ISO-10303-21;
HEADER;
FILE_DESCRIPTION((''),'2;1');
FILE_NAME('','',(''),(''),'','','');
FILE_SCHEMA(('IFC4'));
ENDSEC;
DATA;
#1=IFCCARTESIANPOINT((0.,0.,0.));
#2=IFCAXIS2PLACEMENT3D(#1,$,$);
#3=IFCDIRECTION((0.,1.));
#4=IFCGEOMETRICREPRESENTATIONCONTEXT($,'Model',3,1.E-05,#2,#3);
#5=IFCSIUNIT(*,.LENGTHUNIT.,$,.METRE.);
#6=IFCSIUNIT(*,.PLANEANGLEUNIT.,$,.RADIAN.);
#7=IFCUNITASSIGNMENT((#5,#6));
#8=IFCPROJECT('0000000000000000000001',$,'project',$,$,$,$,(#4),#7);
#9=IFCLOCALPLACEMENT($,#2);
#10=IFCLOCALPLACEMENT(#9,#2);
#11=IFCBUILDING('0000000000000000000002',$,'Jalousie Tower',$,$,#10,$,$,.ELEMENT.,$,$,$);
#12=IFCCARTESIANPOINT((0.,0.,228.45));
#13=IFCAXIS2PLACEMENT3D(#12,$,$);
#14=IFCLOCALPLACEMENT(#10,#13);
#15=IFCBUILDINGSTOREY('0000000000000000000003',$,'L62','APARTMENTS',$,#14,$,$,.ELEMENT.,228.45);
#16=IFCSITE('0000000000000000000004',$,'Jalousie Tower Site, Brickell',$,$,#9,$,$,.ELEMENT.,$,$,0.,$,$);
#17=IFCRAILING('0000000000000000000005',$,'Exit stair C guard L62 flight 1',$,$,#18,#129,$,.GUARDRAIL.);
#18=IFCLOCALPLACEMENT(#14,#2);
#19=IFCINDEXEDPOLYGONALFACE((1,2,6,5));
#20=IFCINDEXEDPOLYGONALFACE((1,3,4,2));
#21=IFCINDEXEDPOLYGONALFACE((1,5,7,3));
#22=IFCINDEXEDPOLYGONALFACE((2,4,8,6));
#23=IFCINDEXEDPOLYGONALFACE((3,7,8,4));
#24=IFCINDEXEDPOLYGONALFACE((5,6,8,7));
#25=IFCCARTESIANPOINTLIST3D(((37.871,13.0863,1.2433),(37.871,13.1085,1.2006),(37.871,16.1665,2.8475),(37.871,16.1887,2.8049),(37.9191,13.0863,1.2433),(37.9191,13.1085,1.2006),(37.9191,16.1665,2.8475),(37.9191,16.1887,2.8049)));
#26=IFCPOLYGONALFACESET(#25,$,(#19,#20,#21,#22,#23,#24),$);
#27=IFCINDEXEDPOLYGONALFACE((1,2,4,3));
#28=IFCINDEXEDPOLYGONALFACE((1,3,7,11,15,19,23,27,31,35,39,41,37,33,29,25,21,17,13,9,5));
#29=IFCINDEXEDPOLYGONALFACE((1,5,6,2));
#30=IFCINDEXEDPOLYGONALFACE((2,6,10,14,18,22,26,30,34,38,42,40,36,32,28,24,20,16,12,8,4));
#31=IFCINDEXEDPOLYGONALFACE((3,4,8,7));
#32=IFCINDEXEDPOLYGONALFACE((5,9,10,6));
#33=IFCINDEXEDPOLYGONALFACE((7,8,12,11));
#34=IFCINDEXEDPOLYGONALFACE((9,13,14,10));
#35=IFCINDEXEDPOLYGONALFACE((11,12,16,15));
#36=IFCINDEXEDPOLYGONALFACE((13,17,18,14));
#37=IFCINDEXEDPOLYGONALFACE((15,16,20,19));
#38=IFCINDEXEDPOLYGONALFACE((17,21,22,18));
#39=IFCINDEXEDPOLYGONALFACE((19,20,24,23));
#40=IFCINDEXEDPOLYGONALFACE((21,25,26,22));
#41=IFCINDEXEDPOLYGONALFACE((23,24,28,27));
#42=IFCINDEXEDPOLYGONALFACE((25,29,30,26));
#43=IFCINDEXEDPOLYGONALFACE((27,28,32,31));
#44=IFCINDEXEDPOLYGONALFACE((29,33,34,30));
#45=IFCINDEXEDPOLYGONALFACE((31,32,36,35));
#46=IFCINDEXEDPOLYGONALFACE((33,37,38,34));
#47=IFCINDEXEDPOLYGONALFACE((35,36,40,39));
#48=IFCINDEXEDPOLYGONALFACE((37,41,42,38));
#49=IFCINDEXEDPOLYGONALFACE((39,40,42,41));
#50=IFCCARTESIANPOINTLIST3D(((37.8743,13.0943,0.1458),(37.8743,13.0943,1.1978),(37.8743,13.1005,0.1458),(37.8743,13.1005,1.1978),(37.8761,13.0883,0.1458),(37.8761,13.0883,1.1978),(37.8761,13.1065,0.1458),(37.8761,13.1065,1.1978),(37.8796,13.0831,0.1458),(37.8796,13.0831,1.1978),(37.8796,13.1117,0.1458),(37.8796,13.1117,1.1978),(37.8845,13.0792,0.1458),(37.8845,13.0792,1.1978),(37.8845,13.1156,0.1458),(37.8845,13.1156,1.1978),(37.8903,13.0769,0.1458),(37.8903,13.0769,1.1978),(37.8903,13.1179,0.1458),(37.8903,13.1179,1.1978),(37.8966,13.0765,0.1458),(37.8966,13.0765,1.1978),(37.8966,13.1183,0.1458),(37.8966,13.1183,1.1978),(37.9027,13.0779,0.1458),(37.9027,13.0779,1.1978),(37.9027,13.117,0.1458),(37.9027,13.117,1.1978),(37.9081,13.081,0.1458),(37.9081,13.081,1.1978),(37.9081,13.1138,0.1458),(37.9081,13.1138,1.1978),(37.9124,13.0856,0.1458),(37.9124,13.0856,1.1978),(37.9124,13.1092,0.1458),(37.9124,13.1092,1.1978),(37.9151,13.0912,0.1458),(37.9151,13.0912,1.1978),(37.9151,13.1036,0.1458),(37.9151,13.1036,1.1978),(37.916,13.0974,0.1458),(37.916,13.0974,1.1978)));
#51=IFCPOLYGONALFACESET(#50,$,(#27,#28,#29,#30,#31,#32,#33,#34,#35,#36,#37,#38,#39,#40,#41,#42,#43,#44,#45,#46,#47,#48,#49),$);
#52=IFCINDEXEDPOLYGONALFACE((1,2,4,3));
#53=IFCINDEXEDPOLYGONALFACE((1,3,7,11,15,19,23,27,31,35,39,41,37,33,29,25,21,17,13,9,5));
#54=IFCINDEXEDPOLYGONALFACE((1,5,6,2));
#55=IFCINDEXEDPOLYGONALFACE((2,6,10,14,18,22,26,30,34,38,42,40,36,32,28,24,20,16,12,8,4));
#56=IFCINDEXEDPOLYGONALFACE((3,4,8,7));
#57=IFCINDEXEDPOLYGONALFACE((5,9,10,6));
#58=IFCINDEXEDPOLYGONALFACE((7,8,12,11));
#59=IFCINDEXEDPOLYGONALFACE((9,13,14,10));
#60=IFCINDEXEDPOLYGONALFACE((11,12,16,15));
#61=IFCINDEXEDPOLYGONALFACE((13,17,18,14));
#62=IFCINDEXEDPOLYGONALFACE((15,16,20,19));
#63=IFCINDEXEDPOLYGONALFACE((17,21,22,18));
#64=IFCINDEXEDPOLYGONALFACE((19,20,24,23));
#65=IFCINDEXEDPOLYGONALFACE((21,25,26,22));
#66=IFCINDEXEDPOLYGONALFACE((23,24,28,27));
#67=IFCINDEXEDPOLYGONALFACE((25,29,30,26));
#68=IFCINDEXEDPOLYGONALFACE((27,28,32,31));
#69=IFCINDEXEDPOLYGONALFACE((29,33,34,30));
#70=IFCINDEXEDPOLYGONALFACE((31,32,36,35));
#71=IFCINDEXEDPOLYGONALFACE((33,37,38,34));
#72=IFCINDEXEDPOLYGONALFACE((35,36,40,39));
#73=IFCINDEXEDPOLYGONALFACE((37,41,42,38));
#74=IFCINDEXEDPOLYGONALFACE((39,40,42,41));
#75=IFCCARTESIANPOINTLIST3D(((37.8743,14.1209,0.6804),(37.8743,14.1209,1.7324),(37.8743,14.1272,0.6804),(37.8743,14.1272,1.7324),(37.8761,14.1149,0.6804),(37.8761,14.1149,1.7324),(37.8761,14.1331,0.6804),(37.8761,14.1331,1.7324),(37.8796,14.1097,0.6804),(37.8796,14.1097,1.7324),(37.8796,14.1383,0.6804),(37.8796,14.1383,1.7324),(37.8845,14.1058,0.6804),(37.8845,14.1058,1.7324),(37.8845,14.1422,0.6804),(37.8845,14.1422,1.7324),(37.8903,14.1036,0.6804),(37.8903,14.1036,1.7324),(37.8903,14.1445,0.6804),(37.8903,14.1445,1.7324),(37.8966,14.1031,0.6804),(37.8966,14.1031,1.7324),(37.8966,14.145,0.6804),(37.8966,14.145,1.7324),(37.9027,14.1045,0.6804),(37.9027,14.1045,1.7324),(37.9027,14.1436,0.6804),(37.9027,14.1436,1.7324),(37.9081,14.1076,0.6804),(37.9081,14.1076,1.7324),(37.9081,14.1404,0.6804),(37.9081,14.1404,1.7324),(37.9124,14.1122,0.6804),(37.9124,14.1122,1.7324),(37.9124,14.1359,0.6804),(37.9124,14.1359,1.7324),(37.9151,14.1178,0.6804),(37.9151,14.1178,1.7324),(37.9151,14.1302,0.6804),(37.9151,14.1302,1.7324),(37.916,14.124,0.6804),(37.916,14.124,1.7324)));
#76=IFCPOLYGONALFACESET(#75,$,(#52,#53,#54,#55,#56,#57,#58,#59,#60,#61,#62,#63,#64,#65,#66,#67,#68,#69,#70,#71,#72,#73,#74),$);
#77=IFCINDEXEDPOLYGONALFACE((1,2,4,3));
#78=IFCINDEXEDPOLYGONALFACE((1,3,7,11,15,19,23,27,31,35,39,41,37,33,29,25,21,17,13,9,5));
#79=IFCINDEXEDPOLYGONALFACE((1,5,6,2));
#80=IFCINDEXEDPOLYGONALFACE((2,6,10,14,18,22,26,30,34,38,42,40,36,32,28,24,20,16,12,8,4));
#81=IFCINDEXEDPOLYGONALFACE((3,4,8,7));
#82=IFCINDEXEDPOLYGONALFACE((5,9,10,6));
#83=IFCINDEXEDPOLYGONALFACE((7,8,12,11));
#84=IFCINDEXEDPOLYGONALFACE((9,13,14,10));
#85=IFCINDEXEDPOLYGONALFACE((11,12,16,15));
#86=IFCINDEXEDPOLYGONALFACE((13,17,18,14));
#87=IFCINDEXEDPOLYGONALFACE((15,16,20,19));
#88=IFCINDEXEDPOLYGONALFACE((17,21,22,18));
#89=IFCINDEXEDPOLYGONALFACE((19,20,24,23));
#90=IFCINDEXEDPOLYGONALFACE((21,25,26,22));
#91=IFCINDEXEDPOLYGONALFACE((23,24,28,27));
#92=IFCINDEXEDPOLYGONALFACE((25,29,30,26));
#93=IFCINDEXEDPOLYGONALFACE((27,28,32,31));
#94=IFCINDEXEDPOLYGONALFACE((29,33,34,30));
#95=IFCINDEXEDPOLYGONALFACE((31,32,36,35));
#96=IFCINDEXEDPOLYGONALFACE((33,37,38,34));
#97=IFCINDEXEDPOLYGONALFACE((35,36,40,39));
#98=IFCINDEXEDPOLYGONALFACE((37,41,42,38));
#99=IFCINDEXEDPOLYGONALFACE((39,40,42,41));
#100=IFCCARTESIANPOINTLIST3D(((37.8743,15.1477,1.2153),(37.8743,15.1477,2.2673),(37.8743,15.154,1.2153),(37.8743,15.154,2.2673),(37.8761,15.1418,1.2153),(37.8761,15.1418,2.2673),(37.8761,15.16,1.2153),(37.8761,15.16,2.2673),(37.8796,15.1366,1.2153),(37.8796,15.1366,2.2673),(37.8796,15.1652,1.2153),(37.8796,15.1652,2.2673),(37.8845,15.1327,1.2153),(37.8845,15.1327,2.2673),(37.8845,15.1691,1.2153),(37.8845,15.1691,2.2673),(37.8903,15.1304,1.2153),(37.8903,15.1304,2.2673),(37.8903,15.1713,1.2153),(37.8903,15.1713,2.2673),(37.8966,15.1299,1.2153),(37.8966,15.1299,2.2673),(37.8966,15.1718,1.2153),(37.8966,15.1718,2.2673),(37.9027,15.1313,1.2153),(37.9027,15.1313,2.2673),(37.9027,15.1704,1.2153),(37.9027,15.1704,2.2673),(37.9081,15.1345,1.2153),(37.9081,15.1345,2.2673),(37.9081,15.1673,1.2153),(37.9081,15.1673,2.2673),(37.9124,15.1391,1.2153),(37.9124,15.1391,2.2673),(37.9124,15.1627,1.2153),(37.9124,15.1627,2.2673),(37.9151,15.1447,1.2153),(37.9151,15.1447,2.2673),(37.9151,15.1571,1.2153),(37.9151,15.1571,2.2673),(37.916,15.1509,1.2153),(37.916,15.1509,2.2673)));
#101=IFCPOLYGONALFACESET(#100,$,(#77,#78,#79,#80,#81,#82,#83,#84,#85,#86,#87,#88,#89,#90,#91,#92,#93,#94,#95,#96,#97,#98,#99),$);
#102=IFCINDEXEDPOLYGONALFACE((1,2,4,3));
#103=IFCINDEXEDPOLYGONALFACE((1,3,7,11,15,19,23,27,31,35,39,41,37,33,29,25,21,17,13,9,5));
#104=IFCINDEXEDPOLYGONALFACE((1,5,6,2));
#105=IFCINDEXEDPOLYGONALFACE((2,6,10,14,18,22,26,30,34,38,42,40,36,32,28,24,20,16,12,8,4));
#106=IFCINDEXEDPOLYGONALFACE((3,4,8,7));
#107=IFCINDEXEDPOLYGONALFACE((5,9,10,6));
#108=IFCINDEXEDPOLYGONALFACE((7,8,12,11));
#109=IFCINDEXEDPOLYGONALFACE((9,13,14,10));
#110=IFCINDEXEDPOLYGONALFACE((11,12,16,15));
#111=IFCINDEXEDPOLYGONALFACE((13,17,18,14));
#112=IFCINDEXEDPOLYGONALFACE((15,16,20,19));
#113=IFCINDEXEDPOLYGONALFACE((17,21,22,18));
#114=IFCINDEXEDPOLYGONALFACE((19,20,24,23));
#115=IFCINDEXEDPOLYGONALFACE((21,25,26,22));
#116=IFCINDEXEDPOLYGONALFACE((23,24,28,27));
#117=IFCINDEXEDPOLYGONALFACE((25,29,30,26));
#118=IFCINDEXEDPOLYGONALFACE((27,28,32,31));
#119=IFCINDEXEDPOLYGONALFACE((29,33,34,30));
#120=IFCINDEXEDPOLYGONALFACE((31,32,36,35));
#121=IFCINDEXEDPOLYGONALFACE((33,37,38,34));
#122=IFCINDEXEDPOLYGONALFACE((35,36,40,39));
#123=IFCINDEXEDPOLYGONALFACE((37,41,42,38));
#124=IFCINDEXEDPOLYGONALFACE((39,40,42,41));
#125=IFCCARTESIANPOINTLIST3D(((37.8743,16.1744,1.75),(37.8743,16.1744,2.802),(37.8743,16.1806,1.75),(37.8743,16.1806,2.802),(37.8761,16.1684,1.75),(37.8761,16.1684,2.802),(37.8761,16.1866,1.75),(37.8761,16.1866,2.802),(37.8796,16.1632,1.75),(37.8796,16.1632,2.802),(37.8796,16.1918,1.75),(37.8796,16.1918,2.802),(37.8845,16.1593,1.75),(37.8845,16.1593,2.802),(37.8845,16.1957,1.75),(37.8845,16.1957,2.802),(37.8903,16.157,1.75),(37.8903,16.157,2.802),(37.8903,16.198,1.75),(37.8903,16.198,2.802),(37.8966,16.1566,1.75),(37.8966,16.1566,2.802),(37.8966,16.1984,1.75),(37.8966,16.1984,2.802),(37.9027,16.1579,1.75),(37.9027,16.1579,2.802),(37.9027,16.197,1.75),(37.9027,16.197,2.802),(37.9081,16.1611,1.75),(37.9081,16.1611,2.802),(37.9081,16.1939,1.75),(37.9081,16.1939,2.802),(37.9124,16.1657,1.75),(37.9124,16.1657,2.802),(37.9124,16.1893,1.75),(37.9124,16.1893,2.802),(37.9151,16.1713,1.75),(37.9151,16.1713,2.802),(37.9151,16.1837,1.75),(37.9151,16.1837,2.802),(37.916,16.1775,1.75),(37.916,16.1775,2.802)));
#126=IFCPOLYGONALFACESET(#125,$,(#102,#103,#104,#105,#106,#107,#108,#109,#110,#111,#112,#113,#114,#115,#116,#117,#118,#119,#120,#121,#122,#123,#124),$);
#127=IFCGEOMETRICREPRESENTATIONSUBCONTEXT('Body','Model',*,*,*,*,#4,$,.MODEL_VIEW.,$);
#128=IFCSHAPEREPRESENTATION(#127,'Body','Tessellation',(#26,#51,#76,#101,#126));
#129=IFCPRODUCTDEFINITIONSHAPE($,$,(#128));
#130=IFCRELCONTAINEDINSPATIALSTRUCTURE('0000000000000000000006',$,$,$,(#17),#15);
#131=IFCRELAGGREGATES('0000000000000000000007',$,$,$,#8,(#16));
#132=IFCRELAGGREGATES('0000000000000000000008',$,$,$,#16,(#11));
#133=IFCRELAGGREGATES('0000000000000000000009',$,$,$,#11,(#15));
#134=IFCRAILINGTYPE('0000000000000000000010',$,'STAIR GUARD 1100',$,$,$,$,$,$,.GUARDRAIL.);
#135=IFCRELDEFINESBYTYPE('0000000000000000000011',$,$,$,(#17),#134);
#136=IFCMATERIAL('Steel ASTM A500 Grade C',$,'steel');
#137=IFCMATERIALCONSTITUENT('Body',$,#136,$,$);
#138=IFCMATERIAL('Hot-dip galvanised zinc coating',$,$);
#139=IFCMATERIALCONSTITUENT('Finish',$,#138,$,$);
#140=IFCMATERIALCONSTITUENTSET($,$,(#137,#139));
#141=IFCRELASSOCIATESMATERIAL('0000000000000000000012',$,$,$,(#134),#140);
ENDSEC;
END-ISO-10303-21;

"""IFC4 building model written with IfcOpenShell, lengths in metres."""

from ifc_helpers import new_model, si_unit, direction, frame, origin, origin_2d, place, context, subcontext, project, spatial, rectangle, circle, extrude, material, constituent, constituent_set, type_object, element, save


model = new_model("IFC4")

# Units and contexts
model_context = context("Model", 3, precision=1e-05, world=origin(), true_north=direction((0.0, 1.0)))
body_context = subcontext(model_context, "Body", "Model", "MODEL_VIEW")
ifc_project = project(units=[si_unit("LENGTHUNIT", "METRE"), si_unit("PLANEANGLEUNIT", "RADIAN")], contexts=[model_context])

# Site, building, storey
site_placement = place(None, origin())
site = spatial("IfcSite", under=ifc_project, at=site_placement, Name="Jalousie Tower Site, Brickell", CompositionType="ELEMENT", RefElevation=0.0)
building_placement = place(site_placement, origin())
building = spatial("IfcBuilding", under=site, at=building_placement, Name="Jalousie Tower", CompositionType="ELEMENT")
storey_placement = place(building_placement, frame((0.0, 0.0, 228.45)))
storey = spatial("IfcBuildingStorey", under=building, at=storey_placement, Name="L62", Description="APARTMENTS", CompositionType="ELEMENT", Elevation=228.45)

# Railing
ifc_material_1 = material(Name="Steel ASTM A500 Grade C", Category="steel")
ifc_constituent_1 = constituent(ifc_material_1, Name="Body")
ifc_material_2 = material(Name="Hot-dip galvanised zinc coating")
ifc_constituent_2 = constituent(ifc_material_2, Name="Finish")
ifc_constituent_set_1 = constituent_set(constituents=[ifc_constituent_1, ifc_constituent_2])
railing_type_1 = type_object("IfcRailingType", Name="STAIR GUARD 1100", PredefinedType="GUARDRAIL", material=ifc_constituent_set_1)
railing_1_placement = place(storey_placement, frame((37.895, 13.0974, 0.1458)))
element("IfcRailing", 1, at=railing_1_placement, inside=storey, type_object=railing_type_1, Name="Exit stair C guard L62 flight 1", PredefinedType="GUARDRAIL", context=body_context, shape_type="SweptSolid", body=[
    extrude(rectangle(XDim=0.0481, YDim=0.0481, at=origin_2d()), frame((0.0, 0.0, 1.0762), z_axis=(0.0, 0.886909, 0.461944), x_axis=(-1.0, 0.0, 0.0)), (0.0, 0.0, 1.0), 3.4729),
    extrude(circle(Radius=0.021, at=origin_2d()), origin(), (0.0, 0.0, 1.0), 1.052),
    extrude(circle(Radius=0.021, at=origin_2d()), frame((0.0, 1.0266, 0.5347)), (0.0, 0.0, 1.0), 1.052),
    extrude(circle(Radius=0.021, at=origin_2d()), frame((0.0, 2.0535, 1.0696)), (0.0, 0.0, 1.0), 1.052),
    extrude(circle(Radius=0.021, at=origin_2d()), frame((0.0, 3.0801, 1.6042)), (0.0, 0.0, 1.0), 1.052),
])

save(model, "model.ifc")
